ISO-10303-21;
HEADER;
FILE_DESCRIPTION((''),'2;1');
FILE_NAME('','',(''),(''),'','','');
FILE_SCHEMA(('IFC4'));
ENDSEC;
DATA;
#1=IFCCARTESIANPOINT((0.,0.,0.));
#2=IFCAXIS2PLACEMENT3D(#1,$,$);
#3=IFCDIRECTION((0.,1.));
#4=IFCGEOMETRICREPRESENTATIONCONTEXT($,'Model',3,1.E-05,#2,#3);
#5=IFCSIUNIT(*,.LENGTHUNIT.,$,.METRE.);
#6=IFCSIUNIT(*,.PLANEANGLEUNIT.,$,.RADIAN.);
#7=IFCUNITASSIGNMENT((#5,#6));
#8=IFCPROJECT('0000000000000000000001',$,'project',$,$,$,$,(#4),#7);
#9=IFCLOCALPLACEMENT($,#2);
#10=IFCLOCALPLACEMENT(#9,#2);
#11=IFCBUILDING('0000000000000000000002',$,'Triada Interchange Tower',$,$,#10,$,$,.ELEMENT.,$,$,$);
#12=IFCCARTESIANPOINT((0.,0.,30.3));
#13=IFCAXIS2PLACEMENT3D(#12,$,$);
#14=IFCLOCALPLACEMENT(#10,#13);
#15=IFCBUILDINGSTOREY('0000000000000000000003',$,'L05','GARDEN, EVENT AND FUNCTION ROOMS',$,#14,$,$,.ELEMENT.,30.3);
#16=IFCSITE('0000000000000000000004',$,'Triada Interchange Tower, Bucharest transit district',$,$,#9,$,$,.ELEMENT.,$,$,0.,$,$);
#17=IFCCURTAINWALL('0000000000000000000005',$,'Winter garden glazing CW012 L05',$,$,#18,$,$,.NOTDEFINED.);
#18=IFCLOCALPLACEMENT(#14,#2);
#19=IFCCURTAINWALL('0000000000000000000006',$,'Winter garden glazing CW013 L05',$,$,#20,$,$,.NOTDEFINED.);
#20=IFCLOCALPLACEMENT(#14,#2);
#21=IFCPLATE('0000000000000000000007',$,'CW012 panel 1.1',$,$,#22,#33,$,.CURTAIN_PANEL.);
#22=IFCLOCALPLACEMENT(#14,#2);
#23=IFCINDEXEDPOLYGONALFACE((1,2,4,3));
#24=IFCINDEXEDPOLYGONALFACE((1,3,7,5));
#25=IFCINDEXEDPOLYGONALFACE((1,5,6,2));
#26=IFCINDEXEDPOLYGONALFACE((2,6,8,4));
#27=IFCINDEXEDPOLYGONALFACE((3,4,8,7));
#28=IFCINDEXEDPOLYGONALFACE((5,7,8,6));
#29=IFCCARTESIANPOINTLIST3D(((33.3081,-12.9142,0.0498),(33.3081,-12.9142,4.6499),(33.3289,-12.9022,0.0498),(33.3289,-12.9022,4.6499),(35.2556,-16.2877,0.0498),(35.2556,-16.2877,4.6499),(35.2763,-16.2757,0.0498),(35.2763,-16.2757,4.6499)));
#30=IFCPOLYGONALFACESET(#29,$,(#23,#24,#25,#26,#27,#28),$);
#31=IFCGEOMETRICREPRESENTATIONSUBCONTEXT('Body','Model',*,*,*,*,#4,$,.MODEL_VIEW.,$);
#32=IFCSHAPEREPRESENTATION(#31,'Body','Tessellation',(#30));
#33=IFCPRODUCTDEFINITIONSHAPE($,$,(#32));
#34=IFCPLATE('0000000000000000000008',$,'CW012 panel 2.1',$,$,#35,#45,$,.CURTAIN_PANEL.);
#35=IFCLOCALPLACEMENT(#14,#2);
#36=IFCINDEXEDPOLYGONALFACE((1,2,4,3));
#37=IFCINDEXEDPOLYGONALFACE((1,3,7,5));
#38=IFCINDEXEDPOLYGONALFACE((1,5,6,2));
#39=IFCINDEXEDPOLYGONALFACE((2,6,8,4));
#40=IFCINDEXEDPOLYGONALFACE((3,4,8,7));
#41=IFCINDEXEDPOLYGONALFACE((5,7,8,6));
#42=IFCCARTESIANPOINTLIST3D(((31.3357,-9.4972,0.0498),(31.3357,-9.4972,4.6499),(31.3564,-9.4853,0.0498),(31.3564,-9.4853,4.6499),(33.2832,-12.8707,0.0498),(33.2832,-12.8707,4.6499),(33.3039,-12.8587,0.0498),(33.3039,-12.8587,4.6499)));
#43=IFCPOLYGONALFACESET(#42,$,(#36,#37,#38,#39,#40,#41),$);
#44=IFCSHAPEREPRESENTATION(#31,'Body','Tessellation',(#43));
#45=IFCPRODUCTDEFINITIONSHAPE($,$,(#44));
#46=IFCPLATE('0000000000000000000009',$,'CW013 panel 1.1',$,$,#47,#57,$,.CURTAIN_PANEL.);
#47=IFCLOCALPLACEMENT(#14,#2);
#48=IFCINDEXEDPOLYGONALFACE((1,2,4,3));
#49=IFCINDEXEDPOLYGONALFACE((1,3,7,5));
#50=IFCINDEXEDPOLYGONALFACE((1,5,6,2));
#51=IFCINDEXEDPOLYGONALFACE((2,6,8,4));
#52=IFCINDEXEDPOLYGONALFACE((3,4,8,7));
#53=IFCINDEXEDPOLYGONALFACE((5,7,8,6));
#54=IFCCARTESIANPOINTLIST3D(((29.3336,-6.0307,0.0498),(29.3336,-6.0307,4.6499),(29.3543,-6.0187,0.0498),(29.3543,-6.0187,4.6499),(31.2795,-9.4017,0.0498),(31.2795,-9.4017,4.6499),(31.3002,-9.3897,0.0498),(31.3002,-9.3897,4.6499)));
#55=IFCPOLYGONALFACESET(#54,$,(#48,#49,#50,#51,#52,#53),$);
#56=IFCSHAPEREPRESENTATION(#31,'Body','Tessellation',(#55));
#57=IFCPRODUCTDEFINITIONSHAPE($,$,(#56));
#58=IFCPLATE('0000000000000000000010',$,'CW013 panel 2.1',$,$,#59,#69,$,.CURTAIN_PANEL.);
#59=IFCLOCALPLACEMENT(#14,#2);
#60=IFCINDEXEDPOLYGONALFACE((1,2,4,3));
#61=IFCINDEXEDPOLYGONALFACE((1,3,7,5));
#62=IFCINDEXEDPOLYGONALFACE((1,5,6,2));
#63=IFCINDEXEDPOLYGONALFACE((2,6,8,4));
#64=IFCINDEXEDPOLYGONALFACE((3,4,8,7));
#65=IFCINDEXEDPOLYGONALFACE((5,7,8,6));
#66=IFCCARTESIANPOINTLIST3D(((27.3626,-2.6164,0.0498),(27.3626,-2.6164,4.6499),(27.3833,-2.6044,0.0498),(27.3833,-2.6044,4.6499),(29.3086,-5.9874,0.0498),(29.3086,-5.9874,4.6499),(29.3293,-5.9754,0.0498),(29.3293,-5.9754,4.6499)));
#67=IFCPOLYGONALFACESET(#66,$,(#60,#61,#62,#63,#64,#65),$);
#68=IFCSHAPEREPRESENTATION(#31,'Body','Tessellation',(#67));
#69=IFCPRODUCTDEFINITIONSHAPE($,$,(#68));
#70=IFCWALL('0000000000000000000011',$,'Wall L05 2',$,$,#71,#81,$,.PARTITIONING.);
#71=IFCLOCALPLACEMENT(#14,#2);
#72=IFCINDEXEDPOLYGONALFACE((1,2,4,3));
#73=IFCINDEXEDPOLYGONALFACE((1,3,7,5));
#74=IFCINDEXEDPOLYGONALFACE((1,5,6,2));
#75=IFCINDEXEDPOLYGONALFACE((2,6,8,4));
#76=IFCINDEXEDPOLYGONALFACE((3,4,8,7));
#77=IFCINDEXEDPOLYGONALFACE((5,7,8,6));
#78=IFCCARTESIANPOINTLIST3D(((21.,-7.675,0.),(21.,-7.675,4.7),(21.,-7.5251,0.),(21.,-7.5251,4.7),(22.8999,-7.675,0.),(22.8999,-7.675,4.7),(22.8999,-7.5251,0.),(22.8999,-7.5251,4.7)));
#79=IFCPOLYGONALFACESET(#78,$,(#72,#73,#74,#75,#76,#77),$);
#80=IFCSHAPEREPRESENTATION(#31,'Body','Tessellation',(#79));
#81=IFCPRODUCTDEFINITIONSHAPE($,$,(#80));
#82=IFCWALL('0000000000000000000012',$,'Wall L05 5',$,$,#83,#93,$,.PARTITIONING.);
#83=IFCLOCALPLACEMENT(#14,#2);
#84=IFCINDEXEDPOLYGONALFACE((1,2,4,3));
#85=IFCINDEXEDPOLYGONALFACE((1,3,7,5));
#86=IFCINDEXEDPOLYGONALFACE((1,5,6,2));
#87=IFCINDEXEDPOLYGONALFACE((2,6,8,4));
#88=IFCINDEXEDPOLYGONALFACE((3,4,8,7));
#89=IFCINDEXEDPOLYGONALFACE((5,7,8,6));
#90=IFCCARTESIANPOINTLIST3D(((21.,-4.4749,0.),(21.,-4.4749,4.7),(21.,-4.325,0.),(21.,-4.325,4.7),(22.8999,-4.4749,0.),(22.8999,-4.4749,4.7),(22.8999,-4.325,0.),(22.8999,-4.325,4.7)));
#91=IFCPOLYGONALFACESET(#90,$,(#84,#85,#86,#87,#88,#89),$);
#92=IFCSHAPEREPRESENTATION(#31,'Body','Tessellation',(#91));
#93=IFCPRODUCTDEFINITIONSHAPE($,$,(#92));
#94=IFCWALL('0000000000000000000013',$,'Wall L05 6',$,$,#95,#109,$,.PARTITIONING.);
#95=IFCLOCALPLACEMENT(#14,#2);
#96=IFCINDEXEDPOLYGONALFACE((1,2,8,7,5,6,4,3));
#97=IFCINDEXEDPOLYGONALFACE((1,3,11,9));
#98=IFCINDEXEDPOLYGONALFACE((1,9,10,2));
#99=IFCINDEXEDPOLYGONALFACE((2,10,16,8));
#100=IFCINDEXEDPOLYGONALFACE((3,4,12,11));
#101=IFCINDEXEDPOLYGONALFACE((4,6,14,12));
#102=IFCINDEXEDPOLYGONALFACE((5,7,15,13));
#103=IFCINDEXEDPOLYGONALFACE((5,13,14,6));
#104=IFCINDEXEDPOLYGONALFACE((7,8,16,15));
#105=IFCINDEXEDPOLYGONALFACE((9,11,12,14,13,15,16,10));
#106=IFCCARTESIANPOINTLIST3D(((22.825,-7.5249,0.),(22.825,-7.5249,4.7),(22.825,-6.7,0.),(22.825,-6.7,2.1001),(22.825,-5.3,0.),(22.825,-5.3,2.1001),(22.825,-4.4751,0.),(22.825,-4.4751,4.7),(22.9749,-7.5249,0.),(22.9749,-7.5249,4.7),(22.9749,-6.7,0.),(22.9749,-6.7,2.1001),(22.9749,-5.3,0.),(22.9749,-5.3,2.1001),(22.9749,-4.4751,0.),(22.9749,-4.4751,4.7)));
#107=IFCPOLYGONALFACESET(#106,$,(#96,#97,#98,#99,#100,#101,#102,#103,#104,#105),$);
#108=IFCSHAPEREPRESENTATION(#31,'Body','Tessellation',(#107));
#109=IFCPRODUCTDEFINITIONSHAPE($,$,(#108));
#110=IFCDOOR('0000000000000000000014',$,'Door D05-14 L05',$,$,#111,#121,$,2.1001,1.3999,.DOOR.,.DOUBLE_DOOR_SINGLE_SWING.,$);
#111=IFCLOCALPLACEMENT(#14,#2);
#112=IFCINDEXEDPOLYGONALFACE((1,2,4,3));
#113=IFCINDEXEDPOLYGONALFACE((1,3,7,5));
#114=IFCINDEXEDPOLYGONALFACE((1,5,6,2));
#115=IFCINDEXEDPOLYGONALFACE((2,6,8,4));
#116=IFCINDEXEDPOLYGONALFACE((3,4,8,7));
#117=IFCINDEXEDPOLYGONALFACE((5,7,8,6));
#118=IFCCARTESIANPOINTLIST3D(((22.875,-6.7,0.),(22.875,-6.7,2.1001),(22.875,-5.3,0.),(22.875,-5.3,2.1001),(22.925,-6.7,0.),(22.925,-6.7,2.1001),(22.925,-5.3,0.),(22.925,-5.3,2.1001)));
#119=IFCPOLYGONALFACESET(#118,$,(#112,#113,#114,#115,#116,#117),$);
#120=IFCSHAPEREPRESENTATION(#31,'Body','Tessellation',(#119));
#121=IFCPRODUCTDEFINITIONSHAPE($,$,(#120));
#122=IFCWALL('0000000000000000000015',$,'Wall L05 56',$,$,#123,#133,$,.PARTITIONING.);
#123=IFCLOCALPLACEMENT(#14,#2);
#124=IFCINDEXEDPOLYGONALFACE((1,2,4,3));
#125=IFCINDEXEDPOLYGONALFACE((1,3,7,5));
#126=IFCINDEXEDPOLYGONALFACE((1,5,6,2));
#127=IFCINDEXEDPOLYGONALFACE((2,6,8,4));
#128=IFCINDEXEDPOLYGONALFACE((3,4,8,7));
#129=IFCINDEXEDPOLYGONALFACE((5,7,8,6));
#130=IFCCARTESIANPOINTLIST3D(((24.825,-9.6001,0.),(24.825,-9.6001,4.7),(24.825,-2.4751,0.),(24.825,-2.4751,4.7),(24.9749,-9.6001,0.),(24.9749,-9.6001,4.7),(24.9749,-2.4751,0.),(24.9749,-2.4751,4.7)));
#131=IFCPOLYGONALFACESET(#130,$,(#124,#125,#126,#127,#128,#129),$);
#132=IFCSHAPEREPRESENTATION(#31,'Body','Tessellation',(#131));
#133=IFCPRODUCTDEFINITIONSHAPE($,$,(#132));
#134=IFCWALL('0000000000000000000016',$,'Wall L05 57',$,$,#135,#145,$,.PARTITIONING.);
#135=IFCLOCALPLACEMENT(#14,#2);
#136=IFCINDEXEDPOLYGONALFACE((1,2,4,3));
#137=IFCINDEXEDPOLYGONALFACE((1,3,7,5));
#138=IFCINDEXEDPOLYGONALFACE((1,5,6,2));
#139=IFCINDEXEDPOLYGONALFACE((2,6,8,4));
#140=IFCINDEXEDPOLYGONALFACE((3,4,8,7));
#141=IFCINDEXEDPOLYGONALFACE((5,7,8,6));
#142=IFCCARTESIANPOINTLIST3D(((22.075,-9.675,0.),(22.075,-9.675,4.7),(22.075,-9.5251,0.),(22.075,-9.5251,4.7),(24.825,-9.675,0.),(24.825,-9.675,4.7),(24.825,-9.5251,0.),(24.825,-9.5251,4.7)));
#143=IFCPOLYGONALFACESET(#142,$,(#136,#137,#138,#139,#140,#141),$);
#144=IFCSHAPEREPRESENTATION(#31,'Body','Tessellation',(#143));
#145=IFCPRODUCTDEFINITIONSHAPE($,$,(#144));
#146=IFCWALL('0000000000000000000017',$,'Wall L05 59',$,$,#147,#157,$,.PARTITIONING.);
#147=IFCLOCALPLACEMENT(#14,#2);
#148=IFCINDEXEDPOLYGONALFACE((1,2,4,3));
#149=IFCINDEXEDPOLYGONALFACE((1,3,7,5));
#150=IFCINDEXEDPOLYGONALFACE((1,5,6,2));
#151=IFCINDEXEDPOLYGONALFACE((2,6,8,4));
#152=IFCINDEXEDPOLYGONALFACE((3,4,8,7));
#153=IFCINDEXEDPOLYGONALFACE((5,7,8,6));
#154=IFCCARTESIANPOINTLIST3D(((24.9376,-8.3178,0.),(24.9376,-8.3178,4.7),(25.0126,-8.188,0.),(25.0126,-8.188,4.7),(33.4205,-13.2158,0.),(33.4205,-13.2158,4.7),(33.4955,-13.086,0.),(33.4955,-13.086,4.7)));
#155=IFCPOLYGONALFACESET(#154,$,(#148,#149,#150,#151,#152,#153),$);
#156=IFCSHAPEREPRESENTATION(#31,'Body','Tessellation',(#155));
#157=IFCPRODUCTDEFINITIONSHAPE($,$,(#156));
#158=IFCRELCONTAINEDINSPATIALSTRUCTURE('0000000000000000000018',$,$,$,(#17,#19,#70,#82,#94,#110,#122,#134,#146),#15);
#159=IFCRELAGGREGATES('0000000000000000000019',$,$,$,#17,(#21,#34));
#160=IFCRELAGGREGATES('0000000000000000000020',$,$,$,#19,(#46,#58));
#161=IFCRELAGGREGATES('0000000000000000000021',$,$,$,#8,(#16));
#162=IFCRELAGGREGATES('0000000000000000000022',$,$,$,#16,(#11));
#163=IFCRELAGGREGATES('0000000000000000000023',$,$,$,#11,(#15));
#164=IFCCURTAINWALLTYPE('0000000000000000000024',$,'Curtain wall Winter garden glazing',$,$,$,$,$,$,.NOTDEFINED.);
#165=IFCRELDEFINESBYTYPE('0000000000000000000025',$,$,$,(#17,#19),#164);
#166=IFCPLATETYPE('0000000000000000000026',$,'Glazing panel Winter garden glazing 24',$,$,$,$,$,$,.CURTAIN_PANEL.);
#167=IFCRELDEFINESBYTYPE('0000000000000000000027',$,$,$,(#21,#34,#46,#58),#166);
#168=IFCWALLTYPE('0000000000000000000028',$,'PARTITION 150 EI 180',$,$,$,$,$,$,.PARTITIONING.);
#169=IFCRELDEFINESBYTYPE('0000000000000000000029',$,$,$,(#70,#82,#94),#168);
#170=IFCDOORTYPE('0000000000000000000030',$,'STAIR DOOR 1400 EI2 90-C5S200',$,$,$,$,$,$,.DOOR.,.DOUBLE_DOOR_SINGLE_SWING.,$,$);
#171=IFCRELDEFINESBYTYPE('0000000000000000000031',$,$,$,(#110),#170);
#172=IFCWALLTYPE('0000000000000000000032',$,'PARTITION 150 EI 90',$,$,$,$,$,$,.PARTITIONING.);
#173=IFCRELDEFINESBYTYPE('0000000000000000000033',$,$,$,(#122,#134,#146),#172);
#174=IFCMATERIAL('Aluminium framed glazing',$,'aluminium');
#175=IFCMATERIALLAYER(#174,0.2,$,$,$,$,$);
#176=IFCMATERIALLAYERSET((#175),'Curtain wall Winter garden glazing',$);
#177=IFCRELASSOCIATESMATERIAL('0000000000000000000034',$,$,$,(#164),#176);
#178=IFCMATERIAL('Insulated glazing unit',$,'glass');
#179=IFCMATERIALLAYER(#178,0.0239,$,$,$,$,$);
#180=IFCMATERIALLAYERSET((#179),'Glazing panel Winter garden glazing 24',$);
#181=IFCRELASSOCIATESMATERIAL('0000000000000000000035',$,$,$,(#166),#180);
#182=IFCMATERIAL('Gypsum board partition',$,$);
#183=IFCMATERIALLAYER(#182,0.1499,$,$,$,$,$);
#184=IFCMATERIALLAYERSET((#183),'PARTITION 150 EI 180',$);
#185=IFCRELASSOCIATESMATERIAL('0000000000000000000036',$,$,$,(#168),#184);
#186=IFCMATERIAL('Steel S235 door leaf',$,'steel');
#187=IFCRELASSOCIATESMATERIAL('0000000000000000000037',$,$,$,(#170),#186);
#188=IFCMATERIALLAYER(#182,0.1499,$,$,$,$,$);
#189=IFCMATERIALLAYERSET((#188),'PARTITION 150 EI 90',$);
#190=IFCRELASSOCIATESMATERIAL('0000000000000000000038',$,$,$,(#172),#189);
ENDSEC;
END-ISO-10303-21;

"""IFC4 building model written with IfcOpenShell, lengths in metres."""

from ifc_helpers import new_model, si_unit, direction, frame, frame_2d, origin, origin_2d, place, context, subcontext, project, spatial, rectangle, extrude, material, layer, layer_set, type_object, element, fill, aggregate, save


model = new_model("IFC4")

# Units and contexts
model_context = context("Model", 3, precision=1e-05, world=origin(), true_north=direction((0.0, 1.0)))
body_context = subcontext(model_context, "Body", "Model", "MODEL_VIEW")
ifc_project = project(units=[si_unit("LENGTHUNIT", "METRE"), si_unit("PLANEANGLEUNIT", "RADIAN")], contexts=[model_context])

# Site, building, storey
site_placement = place(None, origin())
site = spatial("IfcSite", under=ifc_project, at=site_placement, Name="Triada Interchange Tower, Bucharest transit district", CompositionType="ELEMENT", RefElevation=0.0)
building_placement = place(site_placement, origin())
building = spatial("IfcBuilding", under=site, at=building_placement, Name="Triada Interchange Tower", CompositionType="ELEMENT")
storey_placement = place(building_placement, frame((0.0, 0.0, 30.3)))
storey = spatial("IfcBuildingStorey", under=building, at=storey_placement, Name="L05", Description="GARDEN, EVENT AND FUNCTION ROOMS", CompositionType="ELEMENT", Elevation=30.3)

# Shared definitions
ifc_material_1 = material(Name="Aluminium framed glazing", Category="aluminium")
ifc_layer_1 = layer(ifc_material_1, 0.2)
ifc_layer_set_1 = layer_set([ifc_layer_1], Name="Curtain wall Winter garden glazing")
curtain_wall_type = type_object("IfcCurtainWallType", Name="Curtain wall Winter garden glazing", PredefinedType="NOTDEFINED", material=ifc_layer_set_1)

# Curtain walls
curtain_wall_1_placement = place(storey_placement, origin())
curtain_wall_1 = element("IfcCurtainWall", 1, at=curtain_wall_1_placement, inside=storey, type_object=curtain_wall_type, Name="Winter garden glazing CW012 L05", PredefinedType="NOTDEFINED")
curtain_wall_2_placement = place(storey_placement, origin())
curtain_wall_2 = element("IfcCurtainWall", 2, at=curtain_wall_2_placement, inside=storey, type_object=curtain_wall_type, Name="Winter garden glazing CW013 L05", PredefinedType="NOTDEFINED")

# Plates
ifc_material_2 = material(Name="Insulated glazing unit", Category="glass")
ifc_layer_2 = layer(ifc_material_2, 0.0239)
ifc_layer_set_2 = layer_set([ifc_layer_2], Name="Glazing panel Winter garden glazing 24")
plate_type = type_object("IfcPlateType", Name="Glazing panel Winter garden glazing 24", PredefinedType="CURTAIN_PANEL", material=ifc_layer_set_2)
plate_1_placement = place(storey_placement, frame((34.2922, -14.595, 0.0498), z_axis=(0.0, 0.0, 1.0), x_axis=(-0.499959, 0.866049, 0.0)))
plate_1 = element("IfcPlate", 3, at=plate_1_placement, type_object=plate_type, Name="CW012 panel 1.1", PredefinedType="CURTAIN_PANEL", context=body_context, shape_type="SweptSolid", body=[
    extrude(rectangle(XDim=3.8953, YDim=0.0239, at=origin_2d()), origin(), (0.0, 0.0, 1.0), 4.6001),
])
plate_2_placement = place(storey_placement, frame((32.3198, -11.178, 0.0498), z_axis=(0.0, 0.0, 1.0), x_axis=(-0.499959, 0.866049, 0.0)))
plate_2 = element("IfcPlate", 4, at=plate_2_placement, type_object=plate_type, Name="CW012 panel 2.1", PredefinedType="CURTAIN_PANEL", context=body_context, shape_type="SweptSolid", body=[
    extrude(rectangle(XDim=3.8953, YDim=0.0239, at=origin_2d()), origin(), (0.0, 0.0, 1.0), 4.6001),
])
aggregate(curtain_wall_1, [plate_1, plate_2])
plate_3_placement = place(storey_placement, frame((30.3169, -7.7102, 0.0498), z_axis=(0.0, 0.0, 1.0), x_axis=(-0.499948, 0.866055, 0.0)))
plate_3 = element("IfcPlate", 5, at=plate_3_placement, type_object=plate_type, Name="CW013 panel 1.1", PredefinedType="CURTAIN_PANEL", context=body_context, shape_type="SweptSolid", body=[
    extrude(rectangle(XDim=3.8923, YDim=0.0239, at=origin_2d()), origin(), (0.0, 0.0, 1.0), 4.6001),
])
plate_4_placement = place(storey_placement, frame((28.3459, -4.2959, 0.0498), z_axis=(0.0, 0.0, 1.0), x_axis=(-0.499948, 0.866055, 0.0)))
plate_4 = element("IfcPlate", 6, at=plate_4_placement, type_object=plate_type, Name="CW013 panel 2.1", PredefinedType="CURTAIN_PANEL", context=body_context, shape_type="SweptSolid", body=[
    extrude(rectangle(XDim=3.8923, YDim=0.0239, at=origin_2d()), origin(), (0.0, 0.0, 1.0), 4.6001),
])
aggregate(curtain_wall_2, [plate_3, plate_4])

# Walls
ifc_material_3 = material(Name="Gypsum board partition")
ifc_layer_3 = layer(ifc_material_3, 0.1499)
ifc_layer_set_3 = layer_set([ifc_layer_3], Name="PARTITION 150 EI 180")
wall_type_1 = type_object("IfcWallType", Name="PARTITION 150 EI 180", PredefinedType="PARTITIONING", material=ifc_layer_set_3)
for number, where, z_axis, x_axis, name in (
    (7, (21.0, -7.6001, 0.0), (0.0, 0.0, 1.0), (1.0, 0.0, 0.0), "Wall L05 2"),
    (8, (21.0, -4.3999, 0.0), (0.0, 0.0, 1.0), (1.0, 0.0, 0.0), "Wall L05 5"),
):
    element("IfcWall", number, at=place(storey_placement, frame(where, z_axis=z_axis, x_axis=x_axis)), inside=storey, type_object=wall_type_1, Name=name, PredefinedType="PARTITIONING", context=body_context, shape_type="SweptSolid", body=[
        extrude(rectangle(XDim=1.8999, YDim=0.1499, at=frame_2d((0.95, 0.0))), origin(), (0.0, 0.0, 1.0), 4.7),
    ])

# Wall, opening, door
wall_1_placement = place(storey_placement, frame((22.8999, -7.5249, 0.0), z_axis=(0.0, 0.0, 1.0), x_axis=(0.0, 1.0, 0.0)))
wall_1 = element("IfcWall", 9, at=wall_1_placement, inside=storey, type_object=wall_type_1, Name="Wall L05 6", PredefinedType="PARTITIONING", context=body_context, shape_type="SweptSolid", body=[
    extrude(rectangle(XDim=3.0498, YDim=0.1499, at=frame_2d((1.5249, 0.0))), origin(), (0.0, 0.0, 1.0), 4.7),
])
opening_placement = place(wall_1_placement, frame((0.825, 0.0, 0.0)))
opening = element("IfcOpeningElement", 10, at=opening_placement, cuts=wall_1, PredefinedType="OPENING", context=body_context, shape_type="SweptSolid", body=[
    extrude(rectangle(XDim=1.3999, YDim=2.1001, at=frame_2d((0.7, 1.05))), frame((0.0, 0.085, 0.0), z_axis=(0.0, -1.0, 0.0), x_axis=(1.0, 0.0, 0.0)), (0.0, 0.0, 1.0), 0.1699),
])
ifc_material_4 = material(Name="Steel S235 door leaf", Category="steel")
door_type = type_object("IfcDoorType", Name="STAIR DOOR 1400 EI2 90-C5S200", OperationType="DOUBLE_DOOR_SINGLE_SWING", PredefinedType="DOOR", material=ifc_material_4)
door_placement = place(opening_placement, origin())
door = element("IfcDoor", 11, at=door_placement, inside=storey, type_object=door_type, Name="Door D05-14 L05", OperationType="DOUBLE_DOOR_SINGLE_SWING", OverallHeight=2.1001, OverallWidth=1.3999, PredefinedType="DOOR", context=body_context, shape_type="SweptSolid", body=[
    extrude(rectangle(XDim=1.3999, YDim=2.1001, at=frame_2d((0.7, 1.05))), frame((0.0, 0.0249, 0.0), z_axis=(0.0, -1.0, 0.0), x_axis=(1.0, 0.0, 0.0)), (0.0, 0.0, 1.0), 0.05),
])
fill(opening, door)

# Walls
ifc_layer_4 = layer(ifc_material_3, 0.1499)
ifc_layer_set_4 = layer_set([ifc_layer_4], Name="PARTITION 150 EI 90")
wall_type_2 = type_object("IfcWallType", Name="PARTITION 150 EI 90", PredefinedType="PARTITIONING", material=ifc_layer_set_4)
wall_2_placement = place(storey_placement, frame((24.8999, -9.6001, 0.0), z_axis=(0.0, 0.0, 1.0), x_axis=(0.0, 1.0, 0.0)))
element("IfcWall", 12, at=wall_2_placement, inside=storey, type_object=wall_type_2, Name="Wall L05 56", PredefinedType="PARTITIONING", context=body_context, shape_type="SweptSolid", body=[
    extrude(rectangle(XDim=7.125, YDim=0.1499, at=frame_2d((3.5625, 0.0))), origin(), (0.0, 0.0, 1.0), 4.7),
])
wall_3_placement = place(storey_placement, frame((22.075, -9.6001, 0.0), z_axis=(0.0, 0.0, 1.0), x_axis=(1.0, 0.0, 0.0)))
element("IfcWall", 13, at=wall_3_placement, inside=storey, type_object=wall_type_2, Name="Wall L05 57", PredefinedType="PARTITIONING", context=body_context, shape_type="SweptSolid", body=[
    extrude(rectangle(XDim=2.75, YDim=0.1499, at=frame_2d((1.375, 0.0))), origin(), (0.0, 0.0, 1.0), 4.7),
])
wall_4_placement = place(storey_placement, frame((24.9751, -8.2529, 0.0), z_axis=(0.0, 0.0, 1.0), x_axis=(0.86601, -0.500026, 0.0)))
element("IfcWall", 14, at=wall_4_placement, inside=storey, type_object=wall_type_2, Name="Wall L05 59", PredefinedType="PARTITIONING", context=body_context, shape_type="SweptSolid", body=[
    extrude(rectangle(XDim=9.7954, YDim=0.1499, at=frame_2d((4.8977, 0.0))), origin(), (0.0, 0.0, 1.0), 4.7),
])

save(model, "model.ifc")
